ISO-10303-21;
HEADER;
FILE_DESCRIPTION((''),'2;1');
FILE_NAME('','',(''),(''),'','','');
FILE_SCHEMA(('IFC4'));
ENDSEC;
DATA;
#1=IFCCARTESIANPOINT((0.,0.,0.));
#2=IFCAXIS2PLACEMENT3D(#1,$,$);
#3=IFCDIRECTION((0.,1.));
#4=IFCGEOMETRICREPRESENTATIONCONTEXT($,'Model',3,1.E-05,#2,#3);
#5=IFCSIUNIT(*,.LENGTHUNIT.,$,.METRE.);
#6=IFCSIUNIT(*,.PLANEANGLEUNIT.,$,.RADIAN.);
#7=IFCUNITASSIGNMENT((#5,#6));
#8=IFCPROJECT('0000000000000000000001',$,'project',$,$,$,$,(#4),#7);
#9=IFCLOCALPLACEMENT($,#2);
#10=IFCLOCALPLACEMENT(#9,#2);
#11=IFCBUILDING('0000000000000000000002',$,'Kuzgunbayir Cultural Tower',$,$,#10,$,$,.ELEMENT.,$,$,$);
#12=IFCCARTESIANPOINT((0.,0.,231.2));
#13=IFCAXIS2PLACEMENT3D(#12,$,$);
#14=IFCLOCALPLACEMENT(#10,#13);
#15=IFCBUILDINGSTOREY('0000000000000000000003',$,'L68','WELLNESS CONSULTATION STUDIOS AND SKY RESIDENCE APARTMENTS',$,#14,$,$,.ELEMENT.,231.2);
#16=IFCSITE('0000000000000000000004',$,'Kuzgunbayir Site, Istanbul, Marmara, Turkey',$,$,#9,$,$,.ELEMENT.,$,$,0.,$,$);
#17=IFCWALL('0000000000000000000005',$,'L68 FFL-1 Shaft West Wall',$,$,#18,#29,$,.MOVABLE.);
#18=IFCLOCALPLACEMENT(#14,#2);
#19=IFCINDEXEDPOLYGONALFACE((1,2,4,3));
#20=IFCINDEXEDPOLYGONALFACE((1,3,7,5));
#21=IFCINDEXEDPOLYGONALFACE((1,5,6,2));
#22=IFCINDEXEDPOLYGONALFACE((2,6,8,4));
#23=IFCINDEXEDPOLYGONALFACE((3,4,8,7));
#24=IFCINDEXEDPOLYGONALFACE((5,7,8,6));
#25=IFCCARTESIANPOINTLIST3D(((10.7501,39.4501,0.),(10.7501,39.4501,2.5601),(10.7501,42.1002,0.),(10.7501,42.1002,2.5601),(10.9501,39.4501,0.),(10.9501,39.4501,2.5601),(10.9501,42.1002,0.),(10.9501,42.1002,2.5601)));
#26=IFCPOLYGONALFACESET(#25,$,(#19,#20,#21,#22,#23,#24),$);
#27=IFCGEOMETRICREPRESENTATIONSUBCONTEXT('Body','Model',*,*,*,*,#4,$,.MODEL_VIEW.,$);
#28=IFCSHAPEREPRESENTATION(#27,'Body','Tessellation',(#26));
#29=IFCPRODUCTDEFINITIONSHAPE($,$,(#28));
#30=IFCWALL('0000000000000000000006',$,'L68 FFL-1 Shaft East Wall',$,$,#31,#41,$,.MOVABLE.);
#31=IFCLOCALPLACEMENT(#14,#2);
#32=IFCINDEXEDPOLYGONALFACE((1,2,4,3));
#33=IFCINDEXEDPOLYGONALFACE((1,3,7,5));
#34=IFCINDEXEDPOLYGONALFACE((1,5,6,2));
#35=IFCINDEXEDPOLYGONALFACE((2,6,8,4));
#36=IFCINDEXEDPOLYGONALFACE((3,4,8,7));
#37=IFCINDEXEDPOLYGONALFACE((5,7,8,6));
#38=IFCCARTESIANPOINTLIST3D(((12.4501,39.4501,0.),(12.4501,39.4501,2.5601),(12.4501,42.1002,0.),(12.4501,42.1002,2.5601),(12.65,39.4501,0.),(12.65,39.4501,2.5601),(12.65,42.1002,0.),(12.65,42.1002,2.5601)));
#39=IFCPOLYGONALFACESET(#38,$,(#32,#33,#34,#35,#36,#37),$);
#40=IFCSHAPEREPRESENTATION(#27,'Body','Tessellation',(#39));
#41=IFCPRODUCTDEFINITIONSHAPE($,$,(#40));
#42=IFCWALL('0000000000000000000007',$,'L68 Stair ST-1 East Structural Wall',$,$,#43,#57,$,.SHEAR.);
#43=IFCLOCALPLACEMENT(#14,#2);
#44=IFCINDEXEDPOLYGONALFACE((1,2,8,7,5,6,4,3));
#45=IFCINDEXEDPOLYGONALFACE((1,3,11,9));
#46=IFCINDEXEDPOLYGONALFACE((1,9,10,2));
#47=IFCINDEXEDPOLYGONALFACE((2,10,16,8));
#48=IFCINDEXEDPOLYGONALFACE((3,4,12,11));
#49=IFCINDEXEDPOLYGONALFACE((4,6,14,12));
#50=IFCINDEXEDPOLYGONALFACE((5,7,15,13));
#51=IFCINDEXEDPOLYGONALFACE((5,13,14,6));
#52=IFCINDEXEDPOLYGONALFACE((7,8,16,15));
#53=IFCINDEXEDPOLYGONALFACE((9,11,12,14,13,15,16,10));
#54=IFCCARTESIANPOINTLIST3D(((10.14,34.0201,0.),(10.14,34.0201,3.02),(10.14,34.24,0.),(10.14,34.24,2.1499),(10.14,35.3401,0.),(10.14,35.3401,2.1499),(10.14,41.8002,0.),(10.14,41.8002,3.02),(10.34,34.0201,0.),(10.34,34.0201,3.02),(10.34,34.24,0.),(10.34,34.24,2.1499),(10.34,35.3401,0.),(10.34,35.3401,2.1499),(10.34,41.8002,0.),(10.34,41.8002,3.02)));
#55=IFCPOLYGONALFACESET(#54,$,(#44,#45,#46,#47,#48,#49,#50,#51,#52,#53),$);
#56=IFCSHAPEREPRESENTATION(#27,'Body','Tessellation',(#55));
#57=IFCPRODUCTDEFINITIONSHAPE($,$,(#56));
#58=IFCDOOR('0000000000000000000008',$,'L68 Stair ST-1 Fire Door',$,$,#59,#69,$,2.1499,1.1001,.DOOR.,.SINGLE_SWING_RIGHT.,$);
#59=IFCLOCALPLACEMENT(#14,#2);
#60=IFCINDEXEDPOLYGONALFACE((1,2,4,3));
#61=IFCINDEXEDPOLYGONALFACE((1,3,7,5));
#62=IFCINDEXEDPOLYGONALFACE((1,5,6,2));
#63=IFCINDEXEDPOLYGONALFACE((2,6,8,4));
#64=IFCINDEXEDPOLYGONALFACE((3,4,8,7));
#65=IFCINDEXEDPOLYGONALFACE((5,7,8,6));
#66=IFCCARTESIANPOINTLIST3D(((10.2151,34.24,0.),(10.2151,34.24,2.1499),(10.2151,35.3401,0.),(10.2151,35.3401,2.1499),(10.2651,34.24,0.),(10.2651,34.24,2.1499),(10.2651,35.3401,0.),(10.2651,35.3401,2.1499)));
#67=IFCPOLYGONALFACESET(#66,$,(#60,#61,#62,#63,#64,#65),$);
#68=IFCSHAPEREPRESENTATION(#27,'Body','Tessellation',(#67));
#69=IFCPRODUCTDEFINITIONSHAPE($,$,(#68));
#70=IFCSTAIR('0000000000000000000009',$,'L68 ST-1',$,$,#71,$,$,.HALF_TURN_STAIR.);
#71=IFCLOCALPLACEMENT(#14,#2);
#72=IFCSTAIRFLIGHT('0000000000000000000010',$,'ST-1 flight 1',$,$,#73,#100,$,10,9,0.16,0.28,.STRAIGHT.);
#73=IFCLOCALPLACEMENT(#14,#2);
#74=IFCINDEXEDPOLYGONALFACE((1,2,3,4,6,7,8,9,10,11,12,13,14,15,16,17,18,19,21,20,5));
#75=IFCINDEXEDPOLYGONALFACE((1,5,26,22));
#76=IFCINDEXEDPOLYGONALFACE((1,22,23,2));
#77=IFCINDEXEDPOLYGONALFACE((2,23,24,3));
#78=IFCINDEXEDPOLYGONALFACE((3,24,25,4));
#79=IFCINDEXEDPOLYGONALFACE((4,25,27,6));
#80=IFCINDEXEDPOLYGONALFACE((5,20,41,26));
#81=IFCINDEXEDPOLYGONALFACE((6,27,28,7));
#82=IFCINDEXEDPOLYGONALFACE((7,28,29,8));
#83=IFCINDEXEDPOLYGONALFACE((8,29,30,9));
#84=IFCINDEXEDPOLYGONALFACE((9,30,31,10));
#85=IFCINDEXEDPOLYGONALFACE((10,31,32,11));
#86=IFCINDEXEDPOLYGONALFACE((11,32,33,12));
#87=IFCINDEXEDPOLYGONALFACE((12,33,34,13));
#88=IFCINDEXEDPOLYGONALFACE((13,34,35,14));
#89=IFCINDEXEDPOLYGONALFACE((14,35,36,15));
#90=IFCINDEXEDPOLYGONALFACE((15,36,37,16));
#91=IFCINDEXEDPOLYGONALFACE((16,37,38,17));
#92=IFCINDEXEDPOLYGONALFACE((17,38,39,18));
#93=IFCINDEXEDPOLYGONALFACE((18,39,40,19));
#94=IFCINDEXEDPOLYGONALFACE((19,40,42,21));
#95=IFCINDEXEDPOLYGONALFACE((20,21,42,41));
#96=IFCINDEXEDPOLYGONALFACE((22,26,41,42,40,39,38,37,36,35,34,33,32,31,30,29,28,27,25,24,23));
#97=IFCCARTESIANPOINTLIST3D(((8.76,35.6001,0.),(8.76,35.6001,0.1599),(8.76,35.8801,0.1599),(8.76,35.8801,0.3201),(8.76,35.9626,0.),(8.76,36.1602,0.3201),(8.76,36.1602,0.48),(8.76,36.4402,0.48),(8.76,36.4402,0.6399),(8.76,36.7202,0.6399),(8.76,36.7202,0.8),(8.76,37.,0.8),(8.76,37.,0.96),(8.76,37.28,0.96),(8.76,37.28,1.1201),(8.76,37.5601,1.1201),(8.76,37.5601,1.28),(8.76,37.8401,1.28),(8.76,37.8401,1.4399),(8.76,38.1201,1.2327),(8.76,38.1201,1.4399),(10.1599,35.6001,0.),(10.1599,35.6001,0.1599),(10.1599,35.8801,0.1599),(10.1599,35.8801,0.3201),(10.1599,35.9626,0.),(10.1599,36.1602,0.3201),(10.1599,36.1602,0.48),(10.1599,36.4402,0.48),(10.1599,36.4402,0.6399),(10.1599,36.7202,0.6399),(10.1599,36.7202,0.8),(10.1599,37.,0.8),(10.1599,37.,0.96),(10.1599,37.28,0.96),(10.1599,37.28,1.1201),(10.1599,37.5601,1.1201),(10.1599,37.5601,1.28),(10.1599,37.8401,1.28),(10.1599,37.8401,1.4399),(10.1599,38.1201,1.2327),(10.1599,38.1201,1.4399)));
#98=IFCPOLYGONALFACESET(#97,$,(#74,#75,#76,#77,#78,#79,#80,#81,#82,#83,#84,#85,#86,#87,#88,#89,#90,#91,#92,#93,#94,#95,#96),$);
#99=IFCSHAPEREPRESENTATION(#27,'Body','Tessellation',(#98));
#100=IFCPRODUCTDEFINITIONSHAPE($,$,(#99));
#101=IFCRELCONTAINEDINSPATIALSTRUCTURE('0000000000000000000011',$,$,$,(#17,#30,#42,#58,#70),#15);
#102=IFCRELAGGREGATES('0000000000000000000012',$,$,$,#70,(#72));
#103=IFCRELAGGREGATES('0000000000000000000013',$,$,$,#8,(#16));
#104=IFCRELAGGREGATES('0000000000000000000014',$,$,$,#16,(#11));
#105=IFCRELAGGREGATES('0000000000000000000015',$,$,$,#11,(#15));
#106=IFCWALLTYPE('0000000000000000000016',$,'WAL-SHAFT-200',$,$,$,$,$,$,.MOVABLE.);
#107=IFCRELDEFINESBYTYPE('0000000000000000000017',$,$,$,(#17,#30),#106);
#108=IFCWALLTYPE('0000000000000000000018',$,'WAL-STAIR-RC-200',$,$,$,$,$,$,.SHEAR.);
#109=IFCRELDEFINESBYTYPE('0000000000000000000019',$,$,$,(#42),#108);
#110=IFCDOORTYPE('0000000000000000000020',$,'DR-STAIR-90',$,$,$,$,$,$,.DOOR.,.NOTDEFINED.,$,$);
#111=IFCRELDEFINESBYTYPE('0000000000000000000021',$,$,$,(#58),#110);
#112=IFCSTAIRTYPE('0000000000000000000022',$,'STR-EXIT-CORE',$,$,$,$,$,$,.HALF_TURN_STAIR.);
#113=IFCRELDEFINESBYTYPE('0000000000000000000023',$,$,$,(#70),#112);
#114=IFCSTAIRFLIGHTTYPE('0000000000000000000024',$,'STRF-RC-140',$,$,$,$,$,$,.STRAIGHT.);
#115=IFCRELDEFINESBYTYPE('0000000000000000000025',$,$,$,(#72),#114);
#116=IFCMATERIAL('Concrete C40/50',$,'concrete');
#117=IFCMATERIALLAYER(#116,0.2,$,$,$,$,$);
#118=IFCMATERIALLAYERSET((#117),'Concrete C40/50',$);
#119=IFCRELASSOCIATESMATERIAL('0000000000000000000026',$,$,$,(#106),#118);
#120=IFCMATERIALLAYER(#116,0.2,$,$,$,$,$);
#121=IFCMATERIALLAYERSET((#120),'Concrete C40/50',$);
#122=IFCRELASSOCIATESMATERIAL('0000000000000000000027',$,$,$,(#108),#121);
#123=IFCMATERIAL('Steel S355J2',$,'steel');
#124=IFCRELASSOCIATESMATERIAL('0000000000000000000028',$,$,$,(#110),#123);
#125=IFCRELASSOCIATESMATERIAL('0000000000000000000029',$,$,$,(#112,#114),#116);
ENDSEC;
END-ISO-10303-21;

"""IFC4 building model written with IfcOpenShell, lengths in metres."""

from ifc_helpers import new_model, si_unit, direction, frame, frame_2d, origin, place, context, subcontext, project, spatial, polyline, rectangle, outline, extrude, material, layer, layer_set, type_object, element, fill, aggregate, save


model = new_model("IFC4")

# Units and contexts
model_context = context("Model", 3, precision=1e-05, world=origin(), true_north=direction((0.0, 1.0)))
body_context = subcontext(model_context, "Body", "Model", "MODEL_VIEW")
ifc_project = project(units=[si_unit("LENGTHUNIT", "METRE"), si_unit("PLANEANGLEUNIT", "RADIAN")], contexts=[model_context])

# Site, building, storey
site_placement = place(None, origin())
site = spatial("IfcSite", under=ifc_project, at=site_placement, Name="Kuzgunbayir Site, Istanbul, Marmara, Turkey", CompositionType="ELEMENT", RefElevation=0.0)
building_placement = place(site_placement, origin())
building = spatial("IfcBuilding", under=site, at=building_placement, Name="Kuzgunbayir Cultural Tower", CompositionType="ELEMENT")
storey_placement = place(building_placement, frame((0.0, 0.0, 231.2)))
storey = spatial("IfcBuildingStorey", under=building, at=storey_placement, Name="L68", Description="WELLNESS CONSULTATION STUDIOS AND SKY RESIDENCE APARTMENTS", CompositionType="ELEMENT", Elevation=231.2)

# Shared definitions
ifc_material_1 = material(Name="Steel S355J2", Category="steel")

# Shared definitions
ifc_material_2 = material(Name="Concrete C40/50", Category="concrete")
ifc_layer_1 = layer(ifc_material_2, 0.2)
ifc_layer_set_1 = layer_set([ifc_layer_1], Name="Concrete C40/50")
wall_type_1 = type_object("IfcWallType", Name="WAL-SHAFT-200", PredefinedType="MOVABLE", material=ifc_layer_set_1)

# Walls
for number, where, z_axis, x_axis, name in (
    (1, (10.8501, 39.45, 0.0), (0.0, 0.0, 1.0), (0.0, 1.0, 0.0), "L68 FFL-1 Shaft West Wall"),
    (2, (12.55, 39.45, 0.0), (0.0, 0.0, 1.0), (0.0, 1.0, 0.0), "L68 FFL-1 Shaft East Wall"),
):
    element("IfcWall", number, at=place(storey_placement, frame(where, z_axis=z_axis, x_axis=x_axis)), inside=storey, type_object=wall_type_1, Name=name, PredefinedType="MOVABLE", context=body_context, shape_type="SweptSolid", body=[
        extrude(rectangle(XDim=2.6501, YDim=0.2, at=frame_2d((1.3252, 0.0))), origin(), (0.0, 0.0, 1.0), 2.5601),
    ])

# Wall, opening, door
ifc_layer_2 = layer(ifc_material_2, 0.2)
ifc_layer_set_2 = layer_set([ifc_layer_2], Name="Concrete C40/50")
wall_type_2 = type_object("IfcWallType", Name="WAL-STAIR-RC-200", PredefinedType="SHEAR", material=ifc_layer_set_2)
wall_1_placement = place(storey_placement, frame((10.24, 34.02, 0.0), z_axis=(0.0, 0.0, 1.0), x_axis=(0.0, 1.0, 0.0)))
wall_1 = element("IfcWall", 3, at=wall_1_placement, inside=storey, type_object=wall_type_2, Name="L68 Stair ST-1 East Structural Wall", PredefinedType="SHEAR", context=body_context, shape_type="SweptSolid", body=[
    extrude(rectangle(XDim=7.78, YDim=0.2, at=frame_2d((3.8901, 0.0))), origin(), (0.0, 0.0, 1.0), 3.02),
])
opening_1_placement = place(wall_1_placement, frame((0.22, 0.0, 0.0)))
opening_1 = element("IfcOpeningElement", 4, at=opening_1_placement, cuts=wall_1, PredefinedType="OPENING", context=body_context, shape_type="SweptSolid", body=[
    extrude(rectangle(XDim=1.1001, YDim=2.1499, at=frame_2d((0.55, 1.075))), frame((0.0, 0.1099, 0.0), z_axis=(0.0, -1.0, 0.0), x_axis=(1.0, 0.0, 0.0)), (0.0, 0.0, 1.0), 0.22),
])
door_type_1 = type_object("IfcDoorType", Name="DR-STAIR-90", OperationType="NOTDEFINED", PredefinedType="DOOR", material=ifc_material_1)
door_1_placement = place(opening_1_placement, origin())
door_1 = element("IfcDoor", 5, at=door_1_placement, inside=storey, type_object=door_type_1, Name="L68 Stair ST-1 Fire Door", OperationType="SINGLE_SWING_RIGHT", OverallHeight=2.1499, OverallWidth=1.1001, PredefinedType="DOOR", context=body_context, shape_type="SweptSolid", body=[
    extrude(rectangle(XDim=1.1001, YDim=2.1499, at=frame_2d((0.55, 1.075))), frame((0.0, 0.0249, 0.0), z_axis=(0.0, -1.0, 0.0), x_axis=(1.0, 0.0, 0.0)), (0.0, 0.0, 1.0), 0.05),
])
fill(opening_1, door_1)

# Stair, stair flight
stair_type = type_object("IfcStairType", Name="STR-EXIT-CORE", PredefinedType="HALF_TURN_STAIR", material=ifc_material_2)
stair_placement = place(storey_placement, origin())
stair = element("IfcStair", 6, at=stair_placement, inside=storey, type_object=stair_type, Name="L68 ST-1", PredefinedType="HALF_TURN_STAIR")
stair_flight_type = type_object("IfcStairFlightType", Name="STRF-RC-140", PredefinedType="STRAIGHT", material=ifc_material_2)
stair_flight_placement = place(storey_placement, frame((9.46, 35.6001, 0.0), z_axis=(0.0, 0.0, 1.0), x_axis=(0.0, 1.0, 0.0)))
stair_flight = element("IfcStairFlight", 7, at=stair_flight_placement, type_object=stair_flight_type, Name="ST-1 flight 1", NumberOfRisers=10, NumberOfTreads=9, PredefinedType="STRAIGHT", RiserHeight=0.16, TreadLength=0.28, context=body_context, shape_type="SweptSolid", body=[
    extrude(outline(polyline([(0.0, 0.0), (0.0, 0.1599), (0.28, 0.1599), (0.28, 0.3201), (0.5601, 0.3201), (0.5601, 0.48), (0.8401, 0.48), (0.8401, 0.6399), (1.1201, 0.6399), (1.1201, 0.8), (1.3999, 0.8), (1.3999, 0.96), (1.6799, 0.96), (1.6799, 1.1201), (1.96, 1.1201), (1.96, 1.28), (2.24, 1.28), (2.24, 1.4399), (2.52, 1.4399), (2.52, 1.6001), (2.52, 1.2327), (0.3625, 0.0), (0.0, 0.0)])), frame((0.0, 0.7, 0.0), z_axis=(0.0, -1.0, 0.0), x_axis=(1.0, 0.0, 0.0)), (0.0, 0.0, 1.0), 1.3999),
])
aggregate(stair, [stair_flight])

save(model, "model.ifc")
